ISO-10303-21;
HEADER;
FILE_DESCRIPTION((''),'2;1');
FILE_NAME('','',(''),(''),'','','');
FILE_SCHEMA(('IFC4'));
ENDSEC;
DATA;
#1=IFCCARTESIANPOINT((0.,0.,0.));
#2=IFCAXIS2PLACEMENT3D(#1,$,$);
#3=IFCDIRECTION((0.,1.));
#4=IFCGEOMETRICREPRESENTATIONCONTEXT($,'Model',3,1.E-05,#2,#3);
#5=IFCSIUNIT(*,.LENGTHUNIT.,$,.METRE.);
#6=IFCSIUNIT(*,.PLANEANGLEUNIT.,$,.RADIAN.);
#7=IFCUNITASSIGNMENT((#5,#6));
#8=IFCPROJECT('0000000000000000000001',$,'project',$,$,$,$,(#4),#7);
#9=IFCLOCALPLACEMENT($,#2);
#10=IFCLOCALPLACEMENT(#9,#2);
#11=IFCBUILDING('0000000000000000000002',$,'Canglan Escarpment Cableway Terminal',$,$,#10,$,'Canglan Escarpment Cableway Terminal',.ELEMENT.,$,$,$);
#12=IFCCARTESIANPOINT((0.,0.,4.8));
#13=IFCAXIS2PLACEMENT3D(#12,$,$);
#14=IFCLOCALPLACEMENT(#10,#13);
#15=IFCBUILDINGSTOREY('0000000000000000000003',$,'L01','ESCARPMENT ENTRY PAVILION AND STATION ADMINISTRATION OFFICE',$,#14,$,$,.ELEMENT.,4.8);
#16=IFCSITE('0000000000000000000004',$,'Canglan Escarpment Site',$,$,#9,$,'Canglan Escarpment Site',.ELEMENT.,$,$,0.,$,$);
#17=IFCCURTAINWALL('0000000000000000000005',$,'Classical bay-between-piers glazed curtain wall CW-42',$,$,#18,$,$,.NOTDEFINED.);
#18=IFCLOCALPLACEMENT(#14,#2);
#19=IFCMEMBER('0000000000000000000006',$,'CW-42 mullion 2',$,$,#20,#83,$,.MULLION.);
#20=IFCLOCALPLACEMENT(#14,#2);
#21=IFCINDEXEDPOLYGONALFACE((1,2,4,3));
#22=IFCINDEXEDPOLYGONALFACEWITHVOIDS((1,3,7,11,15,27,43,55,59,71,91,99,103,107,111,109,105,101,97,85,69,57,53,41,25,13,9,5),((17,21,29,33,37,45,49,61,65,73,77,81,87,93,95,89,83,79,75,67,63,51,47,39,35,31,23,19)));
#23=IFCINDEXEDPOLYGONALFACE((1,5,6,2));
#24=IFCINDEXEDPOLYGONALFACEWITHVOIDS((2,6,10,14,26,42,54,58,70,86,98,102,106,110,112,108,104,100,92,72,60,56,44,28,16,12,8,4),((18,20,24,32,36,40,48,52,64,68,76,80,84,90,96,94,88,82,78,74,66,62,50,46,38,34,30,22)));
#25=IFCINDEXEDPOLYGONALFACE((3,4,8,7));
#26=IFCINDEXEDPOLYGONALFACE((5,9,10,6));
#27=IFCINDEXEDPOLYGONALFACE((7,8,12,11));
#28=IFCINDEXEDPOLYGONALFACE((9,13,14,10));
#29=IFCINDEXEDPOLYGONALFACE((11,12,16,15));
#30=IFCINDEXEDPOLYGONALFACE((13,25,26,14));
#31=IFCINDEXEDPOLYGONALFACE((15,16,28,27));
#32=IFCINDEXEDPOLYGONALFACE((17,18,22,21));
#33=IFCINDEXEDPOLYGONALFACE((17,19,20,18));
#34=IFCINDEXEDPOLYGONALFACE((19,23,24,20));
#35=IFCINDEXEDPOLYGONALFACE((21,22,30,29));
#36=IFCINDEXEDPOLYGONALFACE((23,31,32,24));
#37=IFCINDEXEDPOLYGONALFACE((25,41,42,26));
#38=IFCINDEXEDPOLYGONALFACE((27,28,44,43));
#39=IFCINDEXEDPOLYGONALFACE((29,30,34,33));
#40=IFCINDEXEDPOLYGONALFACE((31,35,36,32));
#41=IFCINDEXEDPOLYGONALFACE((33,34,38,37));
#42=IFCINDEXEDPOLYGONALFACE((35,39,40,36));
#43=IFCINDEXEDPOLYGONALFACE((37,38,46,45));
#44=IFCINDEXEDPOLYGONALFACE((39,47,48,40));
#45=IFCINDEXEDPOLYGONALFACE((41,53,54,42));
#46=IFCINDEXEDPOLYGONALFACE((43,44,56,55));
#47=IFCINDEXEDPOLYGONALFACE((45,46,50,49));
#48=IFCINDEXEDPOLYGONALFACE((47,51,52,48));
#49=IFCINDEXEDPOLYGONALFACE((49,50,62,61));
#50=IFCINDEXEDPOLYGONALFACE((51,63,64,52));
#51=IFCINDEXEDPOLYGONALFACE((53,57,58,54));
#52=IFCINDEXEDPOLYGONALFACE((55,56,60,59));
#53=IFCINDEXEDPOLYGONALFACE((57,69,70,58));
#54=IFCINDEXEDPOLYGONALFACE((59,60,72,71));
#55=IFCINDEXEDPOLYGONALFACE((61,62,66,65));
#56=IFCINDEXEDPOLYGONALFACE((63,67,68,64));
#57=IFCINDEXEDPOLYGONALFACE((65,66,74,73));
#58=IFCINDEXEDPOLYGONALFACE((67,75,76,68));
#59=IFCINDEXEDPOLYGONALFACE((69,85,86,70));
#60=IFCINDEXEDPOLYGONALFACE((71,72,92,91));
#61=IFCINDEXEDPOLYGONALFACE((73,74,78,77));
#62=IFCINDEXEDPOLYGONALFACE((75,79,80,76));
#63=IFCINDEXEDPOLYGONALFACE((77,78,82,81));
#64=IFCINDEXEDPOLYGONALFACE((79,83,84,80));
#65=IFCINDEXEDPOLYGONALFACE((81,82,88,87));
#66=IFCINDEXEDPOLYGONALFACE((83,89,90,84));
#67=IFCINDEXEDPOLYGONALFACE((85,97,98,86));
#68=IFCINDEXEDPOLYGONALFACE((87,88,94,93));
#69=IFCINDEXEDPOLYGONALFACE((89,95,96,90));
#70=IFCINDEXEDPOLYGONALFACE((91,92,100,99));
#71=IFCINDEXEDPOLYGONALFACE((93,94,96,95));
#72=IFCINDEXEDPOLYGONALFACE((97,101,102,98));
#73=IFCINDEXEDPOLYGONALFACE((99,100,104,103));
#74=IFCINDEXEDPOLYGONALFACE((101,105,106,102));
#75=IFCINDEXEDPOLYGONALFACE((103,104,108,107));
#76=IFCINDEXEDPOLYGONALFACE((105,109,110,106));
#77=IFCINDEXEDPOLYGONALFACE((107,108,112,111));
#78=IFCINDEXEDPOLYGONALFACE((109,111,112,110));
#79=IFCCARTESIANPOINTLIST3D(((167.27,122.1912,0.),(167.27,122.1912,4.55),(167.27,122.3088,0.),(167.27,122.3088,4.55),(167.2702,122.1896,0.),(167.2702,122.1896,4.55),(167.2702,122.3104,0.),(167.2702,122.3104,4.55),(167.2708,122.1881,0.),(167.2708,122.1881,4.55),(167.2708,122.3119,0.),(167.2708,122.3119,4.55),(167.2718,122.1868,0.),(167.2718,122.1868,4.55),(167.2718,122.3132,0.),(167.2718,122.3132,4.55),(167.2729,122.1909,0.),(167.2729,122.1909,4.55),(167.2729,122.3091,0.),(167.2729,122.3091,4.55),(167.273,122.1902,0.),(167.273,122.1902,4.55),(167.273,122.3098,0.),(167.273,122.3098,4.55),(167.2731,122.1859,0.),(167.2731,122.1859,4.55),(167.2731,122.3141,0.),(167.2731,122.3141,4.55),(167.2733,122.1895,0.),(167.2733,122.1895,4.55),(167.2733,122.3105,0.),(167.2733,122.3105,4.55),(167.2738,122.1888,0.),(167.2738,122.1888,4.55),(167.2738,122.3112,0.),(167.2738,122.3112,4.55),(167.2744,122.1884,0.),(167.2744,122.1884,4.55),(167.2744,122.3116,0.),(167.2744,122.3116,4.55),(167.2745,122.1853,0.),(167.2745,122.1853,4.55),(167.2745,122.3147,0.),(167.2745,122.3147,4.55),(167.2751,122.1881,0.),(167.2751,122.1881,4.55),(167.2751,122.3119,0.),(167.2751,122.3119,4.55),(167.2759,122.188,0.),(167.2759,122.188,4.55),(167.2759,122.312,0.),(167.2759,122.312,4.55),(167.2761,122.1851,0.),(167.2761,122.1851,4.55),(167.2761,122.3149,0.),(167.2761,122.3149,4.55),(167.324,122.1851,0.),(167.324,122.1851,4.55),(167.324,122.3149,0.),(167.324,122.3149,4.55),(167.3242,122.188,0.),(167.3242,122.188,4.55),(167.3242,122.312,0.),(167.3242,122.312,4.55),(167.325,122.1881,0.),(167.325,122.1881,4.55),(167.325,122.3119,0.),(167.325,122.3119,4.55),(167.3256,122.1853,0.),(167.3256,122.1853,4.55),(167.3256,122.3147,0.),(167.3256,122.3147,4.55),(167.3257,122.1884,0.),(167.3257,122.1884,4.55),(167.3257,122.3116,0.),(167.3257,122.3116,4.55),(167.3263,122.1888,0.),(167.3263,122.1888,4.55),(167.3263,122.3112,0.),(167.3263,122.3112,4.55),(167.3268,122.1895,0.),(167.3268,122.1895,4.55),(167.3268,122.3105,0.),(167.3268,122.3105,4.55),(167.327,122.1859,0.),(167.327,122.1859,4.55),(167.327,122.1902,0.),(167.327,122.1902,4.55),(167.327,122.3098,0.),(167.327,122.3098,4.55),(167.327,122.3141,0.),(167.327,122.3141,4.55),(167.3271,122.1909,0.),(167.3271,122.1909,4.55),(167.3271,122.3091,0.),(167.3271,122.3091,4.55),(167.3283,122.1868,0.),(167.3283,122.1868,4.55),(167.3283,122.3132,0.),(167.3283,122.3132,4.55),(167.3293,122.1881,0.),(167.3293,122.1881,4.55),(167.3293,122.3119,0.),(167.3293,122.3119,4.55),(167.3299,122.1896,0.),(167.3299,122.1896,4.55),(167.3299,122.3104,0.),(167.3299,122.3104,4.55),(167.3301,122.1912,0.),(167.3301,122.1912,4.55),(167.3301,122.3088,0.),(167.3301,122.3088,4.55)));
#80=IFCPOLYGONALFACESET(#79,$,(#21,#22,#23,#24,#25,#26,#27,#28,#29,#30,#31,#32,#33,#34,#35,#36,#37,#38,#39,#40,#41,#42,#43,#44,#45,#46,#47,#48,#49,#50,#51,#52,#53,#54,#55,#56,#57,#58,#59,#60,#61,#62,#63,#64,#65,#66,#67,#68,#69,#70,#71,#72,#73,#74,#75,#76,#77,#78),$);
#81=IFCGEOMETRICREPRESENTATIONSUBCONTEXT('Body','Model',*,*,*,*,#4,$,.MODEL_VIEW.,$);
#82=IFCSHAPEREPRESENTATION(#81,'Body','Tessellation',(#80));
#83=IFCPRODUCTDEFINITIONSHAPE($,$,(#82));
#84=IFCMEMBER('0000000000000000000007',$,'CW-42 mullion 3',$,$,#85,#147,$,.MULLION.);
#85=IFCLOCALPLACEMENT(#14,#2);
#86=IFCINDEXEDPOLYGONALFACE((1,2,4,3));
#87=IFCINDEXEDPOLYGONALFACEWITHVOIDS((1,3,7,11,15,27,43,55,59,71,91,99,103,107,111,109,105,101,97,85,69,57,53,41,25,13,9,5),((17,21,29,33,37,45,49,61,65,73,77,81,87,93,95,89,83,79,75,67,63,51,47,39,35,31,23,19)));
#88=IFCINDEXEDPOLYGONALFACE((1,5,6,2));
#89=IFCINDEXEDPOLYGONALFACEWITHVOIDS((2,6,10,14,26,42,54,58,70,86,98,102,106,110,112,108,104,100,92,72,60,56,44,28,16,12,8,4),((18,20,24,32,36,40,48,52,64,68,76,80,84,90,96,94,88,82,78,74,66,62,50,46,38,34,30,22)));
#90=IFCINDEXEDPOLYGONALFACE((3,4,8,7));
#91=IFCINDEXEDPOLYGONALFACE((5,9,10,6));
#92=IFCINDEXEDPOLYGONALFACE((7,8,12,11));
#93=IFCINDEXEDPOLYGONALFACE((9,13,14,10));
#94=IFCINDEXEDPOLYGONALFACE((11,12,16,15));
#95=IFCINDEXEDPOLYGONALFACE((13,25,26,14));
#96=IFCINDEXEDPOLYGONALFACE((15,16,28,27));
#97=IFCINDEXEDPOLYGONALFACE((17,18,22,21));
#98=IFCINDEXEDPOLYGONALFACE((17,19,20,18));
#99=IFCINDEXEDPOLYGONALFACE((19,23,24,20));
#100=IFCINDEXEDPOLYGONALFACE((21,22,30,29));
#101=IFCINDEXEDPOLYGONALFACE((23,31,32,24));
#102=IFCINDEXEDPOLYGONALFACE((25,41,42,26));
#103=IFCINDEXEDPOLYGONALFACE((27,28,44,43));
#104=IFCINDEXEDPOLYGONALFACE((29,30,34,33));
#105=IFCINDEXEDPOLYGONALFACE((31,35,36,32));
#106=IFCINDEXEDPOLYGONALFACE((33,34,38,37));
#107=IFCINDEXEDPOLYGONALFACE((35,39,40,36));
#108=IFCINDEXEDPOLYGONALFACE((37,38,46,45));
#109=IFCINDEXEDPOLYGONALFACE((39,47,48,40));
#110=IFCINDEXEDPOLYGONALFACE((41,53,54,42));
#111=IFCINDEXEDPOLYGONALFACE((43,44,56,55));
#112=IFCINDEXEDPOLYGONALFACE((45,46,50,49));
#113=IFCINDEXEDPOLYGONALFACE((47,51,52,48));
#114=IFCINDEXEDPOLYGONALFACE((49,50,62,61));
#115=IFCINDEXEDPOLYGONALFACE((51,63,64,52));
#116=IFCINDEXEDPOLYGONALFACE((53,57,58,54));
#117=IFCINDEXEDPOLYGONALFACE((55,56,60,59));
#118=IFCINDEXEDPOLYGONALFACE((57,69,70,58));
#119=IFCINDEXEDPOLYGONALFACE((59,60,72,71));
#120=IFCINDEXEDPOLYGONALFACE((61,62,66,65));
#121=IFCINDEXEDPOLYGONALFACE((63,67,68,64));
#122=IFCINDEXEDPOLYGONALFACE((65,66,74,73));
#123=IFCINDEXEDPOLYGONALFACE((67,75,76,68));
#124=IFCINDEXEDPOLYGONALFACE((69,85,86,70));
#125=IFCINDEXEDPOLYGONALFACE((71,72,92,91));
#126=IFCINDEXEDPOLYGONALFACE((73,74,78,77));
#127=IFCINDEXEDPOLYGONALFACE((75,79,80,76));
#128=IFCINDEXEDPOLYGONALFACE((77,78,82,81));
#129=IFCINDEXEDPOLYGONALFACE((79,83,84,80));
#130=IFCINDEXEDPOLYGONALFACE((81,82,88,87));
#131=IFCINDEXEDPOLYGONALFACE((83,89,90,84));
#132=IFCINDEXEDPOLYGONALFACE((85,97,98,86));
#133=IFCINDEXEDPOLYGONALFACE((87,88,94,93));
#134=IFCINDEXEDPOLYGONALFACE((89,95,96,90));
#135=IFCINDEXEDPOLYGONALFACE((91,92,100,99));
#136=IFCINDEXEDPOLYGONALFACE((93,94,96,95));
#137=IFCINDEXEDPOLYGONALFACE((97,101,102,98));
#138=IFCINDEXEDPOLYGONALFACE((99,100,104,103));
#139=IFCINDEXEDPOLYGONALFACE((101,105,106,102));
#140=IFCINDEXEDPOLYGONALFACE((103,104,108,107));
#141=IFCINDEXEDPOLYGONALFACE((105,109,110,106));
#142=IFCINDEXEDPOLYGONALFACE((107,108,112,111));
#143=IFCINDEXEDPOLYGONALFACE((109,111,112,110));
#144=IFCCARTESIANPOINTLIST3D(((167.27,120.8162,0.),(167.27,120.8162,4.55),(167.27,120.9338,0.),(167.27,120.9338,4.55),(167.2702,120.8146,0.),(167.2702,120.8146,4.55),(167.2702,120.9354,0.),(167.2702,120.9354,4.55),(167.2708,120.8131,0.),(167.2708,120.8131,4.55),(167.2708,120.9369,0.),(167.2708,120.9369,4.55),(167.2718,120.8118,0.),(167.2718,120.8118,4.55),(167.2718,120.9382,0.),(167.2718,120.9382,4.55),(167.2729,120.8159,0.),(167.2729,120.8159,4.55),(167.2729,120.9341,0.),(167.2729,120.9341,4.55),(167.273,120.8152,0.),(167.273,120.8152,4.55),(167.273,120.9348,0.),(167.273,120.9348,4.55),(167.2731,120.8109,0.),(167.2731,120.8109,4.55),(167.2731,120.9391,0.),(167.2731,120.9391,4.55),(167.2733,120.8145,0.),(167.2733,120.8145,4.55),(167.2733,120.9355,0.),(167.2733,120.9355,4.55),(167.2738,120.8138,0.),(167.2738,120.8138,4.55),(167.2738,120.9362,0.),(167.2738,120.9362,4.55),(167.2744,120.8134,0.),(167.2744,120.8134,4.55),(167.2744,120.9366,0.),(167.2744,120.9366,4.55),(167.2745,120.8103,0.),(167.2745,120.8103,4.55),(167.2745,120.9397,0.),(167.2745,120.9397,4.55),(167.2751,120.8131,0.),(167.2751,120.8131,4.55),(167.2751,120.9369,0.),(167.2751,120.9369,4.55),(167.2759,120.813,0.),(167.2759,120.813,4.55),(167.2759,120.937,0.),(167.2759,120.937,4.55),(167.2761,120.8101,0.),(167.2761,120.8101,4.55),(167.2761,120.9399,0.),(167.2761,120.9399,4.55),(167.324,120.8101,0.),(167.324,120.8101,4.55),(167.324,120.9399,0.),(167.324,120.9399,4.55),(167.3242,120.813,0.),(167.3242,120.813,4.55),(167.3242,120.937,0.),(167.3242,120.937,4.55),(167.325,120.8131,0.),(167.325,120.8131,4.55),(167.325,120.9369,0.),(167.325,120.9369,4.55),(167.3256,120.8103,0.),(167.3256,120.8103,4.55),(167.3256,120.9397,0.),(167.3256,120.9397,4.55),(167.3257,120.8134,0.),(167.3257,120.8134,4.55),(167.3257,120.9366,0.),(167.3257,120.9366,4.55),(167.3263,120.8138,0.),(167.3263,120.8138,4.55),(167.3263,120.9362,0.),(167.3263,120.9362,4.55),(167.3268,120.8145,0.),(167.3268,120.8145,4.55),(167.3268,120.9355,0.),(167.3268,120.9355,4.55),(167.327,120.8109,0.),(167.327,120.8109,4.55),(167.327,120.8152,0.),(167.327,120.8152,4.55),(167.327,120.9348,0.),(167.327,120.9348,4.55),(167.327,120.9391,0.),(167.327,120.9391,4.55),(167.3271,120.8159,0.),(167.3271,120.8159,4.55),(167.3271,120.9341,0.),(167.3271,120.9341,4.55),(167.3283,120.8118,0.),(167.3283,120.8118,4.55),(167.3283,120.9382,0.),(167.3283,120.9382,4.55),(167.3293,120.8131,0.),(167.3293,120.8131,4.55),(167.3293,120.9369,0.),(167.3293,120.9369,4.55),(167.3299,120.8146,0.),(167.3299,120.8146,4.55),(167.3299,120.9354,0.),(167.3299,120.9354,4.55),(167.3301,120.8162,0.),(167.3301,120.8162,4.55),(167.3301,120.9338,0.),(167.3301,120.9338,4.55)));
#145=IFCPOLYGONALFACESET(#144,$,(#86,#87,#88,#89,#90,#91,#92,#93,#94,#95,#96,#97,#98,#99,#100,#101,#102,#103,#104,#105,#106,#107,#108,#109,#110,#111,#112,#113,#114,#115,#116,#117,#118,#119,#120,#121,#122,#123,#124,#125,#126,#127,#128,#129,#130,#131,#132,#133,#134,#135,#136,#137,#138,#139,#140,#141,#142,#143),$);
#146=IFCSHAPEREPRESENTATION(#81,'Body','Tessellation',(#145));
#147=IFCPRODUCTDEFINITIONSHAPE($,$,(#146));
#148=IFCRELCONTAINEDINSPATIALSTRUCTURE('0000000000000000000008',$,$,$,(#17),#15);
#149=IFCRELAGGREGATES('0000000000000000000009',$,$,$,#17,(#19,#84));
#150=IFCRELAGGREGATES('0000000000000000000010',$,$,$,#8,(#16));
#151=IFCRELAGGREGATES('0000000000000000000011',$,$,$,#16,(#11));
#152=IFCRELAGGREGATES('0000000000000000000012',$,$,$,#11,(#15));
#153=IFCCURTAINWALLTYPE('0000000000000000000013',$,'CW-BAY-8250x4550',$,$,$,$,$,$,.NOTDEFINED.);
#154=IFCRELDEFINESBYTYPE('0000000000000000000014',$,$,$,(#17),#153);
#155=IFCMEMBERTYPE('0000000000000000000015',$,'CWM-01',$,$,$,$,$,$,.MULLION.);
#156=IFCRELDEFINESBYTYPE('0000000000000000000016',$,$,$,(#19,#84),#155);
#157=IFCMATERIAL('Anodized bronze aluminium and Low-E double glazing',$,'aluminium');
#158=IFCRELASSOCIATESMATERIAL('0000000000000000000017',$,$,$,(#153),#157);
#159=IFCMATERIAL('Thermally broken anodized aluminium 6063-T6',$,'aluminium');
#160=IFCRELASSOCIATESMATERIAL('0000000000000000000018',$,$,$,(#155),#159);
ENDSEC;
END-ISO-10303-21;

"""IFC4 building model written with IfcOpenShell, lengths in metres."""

from ifc_helpers import new_model, si_unit, direction, frame, origin, origin_2d, place, context, subcontext, project, spatial, hollow_rectangle, extrude, material, material_profile, profile_set, type_object, element, aggregate, save


model = new_model("IFC4")

# Units and contexts
model_context = context("Model", 3, precision=1e-05, world=origin(), true_north=direction((0.0, 1.0)))
body_context = subcontext(model_context, "Body", "Model", "MODEL_VIEW")
ifc_project = project(units=[si_unit("LENGTHUNIT", "METRE"), si_unit("PLANEANGLEUNIT", "RADIAN")], contexts=[model_context])

# Site, building, storey
site_placement = place(None, origin())
site = spatial("IfcSite", under=ifc_project, at=site_placement, Name="Canglan Escarpment Site", LongName="Canglan Escarpment Site", CompositionType="ELEMENT", RefElevation=0.0)
building_placement = place(site_placement, origin())
building = spatial("IfcBuilding", under=site, at=building_placement, Name="Canglan Escarpment Cableway Terminal", LongName="Canglan Escarpment Cableway Terminal", CompositionType="ELEMENT")
storey_placement = place(building_placement, frame((0.0, 0.0, 4.8)))
storey = spatial("IfcBuildingStorey", under=building, at=storey_placement, Name="L01", Description="ESCARPMENT ENTRY PAVILION AND STATION ADMINISTRATION OFFICE", CompositionType="ELEMENT", Elevation=4.8)

# Curtain wall, members
ifc_material_1 = material(Name="Anodized bronze aluminium and Low-E double glazing", Category="aluminium")
curtain_wall_type = type_object("IfcCurtainWallType", Name="CW-BAY-8250x4550", PredefinedType="NOTDEFINED", material=ifc_material_1)
curtain_wall_placement = place(storey_placement, origin())
curtain_wall = element("IfcCurtainWall", 1, at=curtain_wall_placement, inside=storey, type_object=curtain_wall_type, Name="Classical bay-between-piers glazed curtain wall CW-42", PredefinedType="NOTDEFINED")
ifc_material_2 = material(Name="Thermally broken anodized aluminium 6063-T6", Category="aluminium")
ifc_material_profile_1 = material_profile(ifc_material_2, hollow_rectangle(XDim=0.0601, YDim=0.1299, WallThickness=0.0029, InnerFilletRadius=0.0029, OuterFilletRadius=0.0061, at=origin_2d()), Name="ALU-MULL 60x130x3")
ifc_profile_set_1 = profile_set([ifc_material_profile_1], Name="Thermally broken anodized aluminium 6063-T6")
member_type_1 = type_object("IfcMemberType", Name="CWM-01", PredefinedType="MULLION", material=ifc_profile_set_1)
member_1_placement = place(storey_placement, frame((167.3, 122.25, 0.0), z_axis=(0.0, 0.0, 1.0), x_axis=(1.0, 0.0, 0.0)))
member_1 = element("IfcMember", 2, at=member_1_placement, type_object=member_type_1, Name="CW-42 mullion 2", PredefinedType="MULLION", context=body_context, shape_type="SweptSolid", body=[
    extrude(hollow_rectangle(XDim=0.0601, YDim=0.1299, WallThickness=0.0029, InnerFilletRadius=0.0029, OuterFilletRadius=0.0061, at=origin_2d()), origin(), (0.0, 0.0, 1.0), 4.55),
])
member_2_placement = place(storey_placement, frame((167.3, 120.875, 0.0), z_axis=(0.0, 0.0, 1.0), x_axis=(1.0, 0.0, 0.0)))
member_2 = element("IfcMember", 3, at=member_2_placement, type_object=member_type_1, Name="CW-42 mullion 3", PredefinedType="MULLION", context=body_context, shape_type="SweptSolid", body=[
    extrude(hollow_rectangle(XDim=0.0601, YDim=0.1299, WallThickness=0.0029, InnerFilletRadius=0.0029, OuterFilletRadius=0.0061, at=origin_2d()), origin(), (0.0, 0.0, 1.0), 4.55),
])

aggregate(curtain_wall, [member_1, member_2])

save(model, "model.ifc")
